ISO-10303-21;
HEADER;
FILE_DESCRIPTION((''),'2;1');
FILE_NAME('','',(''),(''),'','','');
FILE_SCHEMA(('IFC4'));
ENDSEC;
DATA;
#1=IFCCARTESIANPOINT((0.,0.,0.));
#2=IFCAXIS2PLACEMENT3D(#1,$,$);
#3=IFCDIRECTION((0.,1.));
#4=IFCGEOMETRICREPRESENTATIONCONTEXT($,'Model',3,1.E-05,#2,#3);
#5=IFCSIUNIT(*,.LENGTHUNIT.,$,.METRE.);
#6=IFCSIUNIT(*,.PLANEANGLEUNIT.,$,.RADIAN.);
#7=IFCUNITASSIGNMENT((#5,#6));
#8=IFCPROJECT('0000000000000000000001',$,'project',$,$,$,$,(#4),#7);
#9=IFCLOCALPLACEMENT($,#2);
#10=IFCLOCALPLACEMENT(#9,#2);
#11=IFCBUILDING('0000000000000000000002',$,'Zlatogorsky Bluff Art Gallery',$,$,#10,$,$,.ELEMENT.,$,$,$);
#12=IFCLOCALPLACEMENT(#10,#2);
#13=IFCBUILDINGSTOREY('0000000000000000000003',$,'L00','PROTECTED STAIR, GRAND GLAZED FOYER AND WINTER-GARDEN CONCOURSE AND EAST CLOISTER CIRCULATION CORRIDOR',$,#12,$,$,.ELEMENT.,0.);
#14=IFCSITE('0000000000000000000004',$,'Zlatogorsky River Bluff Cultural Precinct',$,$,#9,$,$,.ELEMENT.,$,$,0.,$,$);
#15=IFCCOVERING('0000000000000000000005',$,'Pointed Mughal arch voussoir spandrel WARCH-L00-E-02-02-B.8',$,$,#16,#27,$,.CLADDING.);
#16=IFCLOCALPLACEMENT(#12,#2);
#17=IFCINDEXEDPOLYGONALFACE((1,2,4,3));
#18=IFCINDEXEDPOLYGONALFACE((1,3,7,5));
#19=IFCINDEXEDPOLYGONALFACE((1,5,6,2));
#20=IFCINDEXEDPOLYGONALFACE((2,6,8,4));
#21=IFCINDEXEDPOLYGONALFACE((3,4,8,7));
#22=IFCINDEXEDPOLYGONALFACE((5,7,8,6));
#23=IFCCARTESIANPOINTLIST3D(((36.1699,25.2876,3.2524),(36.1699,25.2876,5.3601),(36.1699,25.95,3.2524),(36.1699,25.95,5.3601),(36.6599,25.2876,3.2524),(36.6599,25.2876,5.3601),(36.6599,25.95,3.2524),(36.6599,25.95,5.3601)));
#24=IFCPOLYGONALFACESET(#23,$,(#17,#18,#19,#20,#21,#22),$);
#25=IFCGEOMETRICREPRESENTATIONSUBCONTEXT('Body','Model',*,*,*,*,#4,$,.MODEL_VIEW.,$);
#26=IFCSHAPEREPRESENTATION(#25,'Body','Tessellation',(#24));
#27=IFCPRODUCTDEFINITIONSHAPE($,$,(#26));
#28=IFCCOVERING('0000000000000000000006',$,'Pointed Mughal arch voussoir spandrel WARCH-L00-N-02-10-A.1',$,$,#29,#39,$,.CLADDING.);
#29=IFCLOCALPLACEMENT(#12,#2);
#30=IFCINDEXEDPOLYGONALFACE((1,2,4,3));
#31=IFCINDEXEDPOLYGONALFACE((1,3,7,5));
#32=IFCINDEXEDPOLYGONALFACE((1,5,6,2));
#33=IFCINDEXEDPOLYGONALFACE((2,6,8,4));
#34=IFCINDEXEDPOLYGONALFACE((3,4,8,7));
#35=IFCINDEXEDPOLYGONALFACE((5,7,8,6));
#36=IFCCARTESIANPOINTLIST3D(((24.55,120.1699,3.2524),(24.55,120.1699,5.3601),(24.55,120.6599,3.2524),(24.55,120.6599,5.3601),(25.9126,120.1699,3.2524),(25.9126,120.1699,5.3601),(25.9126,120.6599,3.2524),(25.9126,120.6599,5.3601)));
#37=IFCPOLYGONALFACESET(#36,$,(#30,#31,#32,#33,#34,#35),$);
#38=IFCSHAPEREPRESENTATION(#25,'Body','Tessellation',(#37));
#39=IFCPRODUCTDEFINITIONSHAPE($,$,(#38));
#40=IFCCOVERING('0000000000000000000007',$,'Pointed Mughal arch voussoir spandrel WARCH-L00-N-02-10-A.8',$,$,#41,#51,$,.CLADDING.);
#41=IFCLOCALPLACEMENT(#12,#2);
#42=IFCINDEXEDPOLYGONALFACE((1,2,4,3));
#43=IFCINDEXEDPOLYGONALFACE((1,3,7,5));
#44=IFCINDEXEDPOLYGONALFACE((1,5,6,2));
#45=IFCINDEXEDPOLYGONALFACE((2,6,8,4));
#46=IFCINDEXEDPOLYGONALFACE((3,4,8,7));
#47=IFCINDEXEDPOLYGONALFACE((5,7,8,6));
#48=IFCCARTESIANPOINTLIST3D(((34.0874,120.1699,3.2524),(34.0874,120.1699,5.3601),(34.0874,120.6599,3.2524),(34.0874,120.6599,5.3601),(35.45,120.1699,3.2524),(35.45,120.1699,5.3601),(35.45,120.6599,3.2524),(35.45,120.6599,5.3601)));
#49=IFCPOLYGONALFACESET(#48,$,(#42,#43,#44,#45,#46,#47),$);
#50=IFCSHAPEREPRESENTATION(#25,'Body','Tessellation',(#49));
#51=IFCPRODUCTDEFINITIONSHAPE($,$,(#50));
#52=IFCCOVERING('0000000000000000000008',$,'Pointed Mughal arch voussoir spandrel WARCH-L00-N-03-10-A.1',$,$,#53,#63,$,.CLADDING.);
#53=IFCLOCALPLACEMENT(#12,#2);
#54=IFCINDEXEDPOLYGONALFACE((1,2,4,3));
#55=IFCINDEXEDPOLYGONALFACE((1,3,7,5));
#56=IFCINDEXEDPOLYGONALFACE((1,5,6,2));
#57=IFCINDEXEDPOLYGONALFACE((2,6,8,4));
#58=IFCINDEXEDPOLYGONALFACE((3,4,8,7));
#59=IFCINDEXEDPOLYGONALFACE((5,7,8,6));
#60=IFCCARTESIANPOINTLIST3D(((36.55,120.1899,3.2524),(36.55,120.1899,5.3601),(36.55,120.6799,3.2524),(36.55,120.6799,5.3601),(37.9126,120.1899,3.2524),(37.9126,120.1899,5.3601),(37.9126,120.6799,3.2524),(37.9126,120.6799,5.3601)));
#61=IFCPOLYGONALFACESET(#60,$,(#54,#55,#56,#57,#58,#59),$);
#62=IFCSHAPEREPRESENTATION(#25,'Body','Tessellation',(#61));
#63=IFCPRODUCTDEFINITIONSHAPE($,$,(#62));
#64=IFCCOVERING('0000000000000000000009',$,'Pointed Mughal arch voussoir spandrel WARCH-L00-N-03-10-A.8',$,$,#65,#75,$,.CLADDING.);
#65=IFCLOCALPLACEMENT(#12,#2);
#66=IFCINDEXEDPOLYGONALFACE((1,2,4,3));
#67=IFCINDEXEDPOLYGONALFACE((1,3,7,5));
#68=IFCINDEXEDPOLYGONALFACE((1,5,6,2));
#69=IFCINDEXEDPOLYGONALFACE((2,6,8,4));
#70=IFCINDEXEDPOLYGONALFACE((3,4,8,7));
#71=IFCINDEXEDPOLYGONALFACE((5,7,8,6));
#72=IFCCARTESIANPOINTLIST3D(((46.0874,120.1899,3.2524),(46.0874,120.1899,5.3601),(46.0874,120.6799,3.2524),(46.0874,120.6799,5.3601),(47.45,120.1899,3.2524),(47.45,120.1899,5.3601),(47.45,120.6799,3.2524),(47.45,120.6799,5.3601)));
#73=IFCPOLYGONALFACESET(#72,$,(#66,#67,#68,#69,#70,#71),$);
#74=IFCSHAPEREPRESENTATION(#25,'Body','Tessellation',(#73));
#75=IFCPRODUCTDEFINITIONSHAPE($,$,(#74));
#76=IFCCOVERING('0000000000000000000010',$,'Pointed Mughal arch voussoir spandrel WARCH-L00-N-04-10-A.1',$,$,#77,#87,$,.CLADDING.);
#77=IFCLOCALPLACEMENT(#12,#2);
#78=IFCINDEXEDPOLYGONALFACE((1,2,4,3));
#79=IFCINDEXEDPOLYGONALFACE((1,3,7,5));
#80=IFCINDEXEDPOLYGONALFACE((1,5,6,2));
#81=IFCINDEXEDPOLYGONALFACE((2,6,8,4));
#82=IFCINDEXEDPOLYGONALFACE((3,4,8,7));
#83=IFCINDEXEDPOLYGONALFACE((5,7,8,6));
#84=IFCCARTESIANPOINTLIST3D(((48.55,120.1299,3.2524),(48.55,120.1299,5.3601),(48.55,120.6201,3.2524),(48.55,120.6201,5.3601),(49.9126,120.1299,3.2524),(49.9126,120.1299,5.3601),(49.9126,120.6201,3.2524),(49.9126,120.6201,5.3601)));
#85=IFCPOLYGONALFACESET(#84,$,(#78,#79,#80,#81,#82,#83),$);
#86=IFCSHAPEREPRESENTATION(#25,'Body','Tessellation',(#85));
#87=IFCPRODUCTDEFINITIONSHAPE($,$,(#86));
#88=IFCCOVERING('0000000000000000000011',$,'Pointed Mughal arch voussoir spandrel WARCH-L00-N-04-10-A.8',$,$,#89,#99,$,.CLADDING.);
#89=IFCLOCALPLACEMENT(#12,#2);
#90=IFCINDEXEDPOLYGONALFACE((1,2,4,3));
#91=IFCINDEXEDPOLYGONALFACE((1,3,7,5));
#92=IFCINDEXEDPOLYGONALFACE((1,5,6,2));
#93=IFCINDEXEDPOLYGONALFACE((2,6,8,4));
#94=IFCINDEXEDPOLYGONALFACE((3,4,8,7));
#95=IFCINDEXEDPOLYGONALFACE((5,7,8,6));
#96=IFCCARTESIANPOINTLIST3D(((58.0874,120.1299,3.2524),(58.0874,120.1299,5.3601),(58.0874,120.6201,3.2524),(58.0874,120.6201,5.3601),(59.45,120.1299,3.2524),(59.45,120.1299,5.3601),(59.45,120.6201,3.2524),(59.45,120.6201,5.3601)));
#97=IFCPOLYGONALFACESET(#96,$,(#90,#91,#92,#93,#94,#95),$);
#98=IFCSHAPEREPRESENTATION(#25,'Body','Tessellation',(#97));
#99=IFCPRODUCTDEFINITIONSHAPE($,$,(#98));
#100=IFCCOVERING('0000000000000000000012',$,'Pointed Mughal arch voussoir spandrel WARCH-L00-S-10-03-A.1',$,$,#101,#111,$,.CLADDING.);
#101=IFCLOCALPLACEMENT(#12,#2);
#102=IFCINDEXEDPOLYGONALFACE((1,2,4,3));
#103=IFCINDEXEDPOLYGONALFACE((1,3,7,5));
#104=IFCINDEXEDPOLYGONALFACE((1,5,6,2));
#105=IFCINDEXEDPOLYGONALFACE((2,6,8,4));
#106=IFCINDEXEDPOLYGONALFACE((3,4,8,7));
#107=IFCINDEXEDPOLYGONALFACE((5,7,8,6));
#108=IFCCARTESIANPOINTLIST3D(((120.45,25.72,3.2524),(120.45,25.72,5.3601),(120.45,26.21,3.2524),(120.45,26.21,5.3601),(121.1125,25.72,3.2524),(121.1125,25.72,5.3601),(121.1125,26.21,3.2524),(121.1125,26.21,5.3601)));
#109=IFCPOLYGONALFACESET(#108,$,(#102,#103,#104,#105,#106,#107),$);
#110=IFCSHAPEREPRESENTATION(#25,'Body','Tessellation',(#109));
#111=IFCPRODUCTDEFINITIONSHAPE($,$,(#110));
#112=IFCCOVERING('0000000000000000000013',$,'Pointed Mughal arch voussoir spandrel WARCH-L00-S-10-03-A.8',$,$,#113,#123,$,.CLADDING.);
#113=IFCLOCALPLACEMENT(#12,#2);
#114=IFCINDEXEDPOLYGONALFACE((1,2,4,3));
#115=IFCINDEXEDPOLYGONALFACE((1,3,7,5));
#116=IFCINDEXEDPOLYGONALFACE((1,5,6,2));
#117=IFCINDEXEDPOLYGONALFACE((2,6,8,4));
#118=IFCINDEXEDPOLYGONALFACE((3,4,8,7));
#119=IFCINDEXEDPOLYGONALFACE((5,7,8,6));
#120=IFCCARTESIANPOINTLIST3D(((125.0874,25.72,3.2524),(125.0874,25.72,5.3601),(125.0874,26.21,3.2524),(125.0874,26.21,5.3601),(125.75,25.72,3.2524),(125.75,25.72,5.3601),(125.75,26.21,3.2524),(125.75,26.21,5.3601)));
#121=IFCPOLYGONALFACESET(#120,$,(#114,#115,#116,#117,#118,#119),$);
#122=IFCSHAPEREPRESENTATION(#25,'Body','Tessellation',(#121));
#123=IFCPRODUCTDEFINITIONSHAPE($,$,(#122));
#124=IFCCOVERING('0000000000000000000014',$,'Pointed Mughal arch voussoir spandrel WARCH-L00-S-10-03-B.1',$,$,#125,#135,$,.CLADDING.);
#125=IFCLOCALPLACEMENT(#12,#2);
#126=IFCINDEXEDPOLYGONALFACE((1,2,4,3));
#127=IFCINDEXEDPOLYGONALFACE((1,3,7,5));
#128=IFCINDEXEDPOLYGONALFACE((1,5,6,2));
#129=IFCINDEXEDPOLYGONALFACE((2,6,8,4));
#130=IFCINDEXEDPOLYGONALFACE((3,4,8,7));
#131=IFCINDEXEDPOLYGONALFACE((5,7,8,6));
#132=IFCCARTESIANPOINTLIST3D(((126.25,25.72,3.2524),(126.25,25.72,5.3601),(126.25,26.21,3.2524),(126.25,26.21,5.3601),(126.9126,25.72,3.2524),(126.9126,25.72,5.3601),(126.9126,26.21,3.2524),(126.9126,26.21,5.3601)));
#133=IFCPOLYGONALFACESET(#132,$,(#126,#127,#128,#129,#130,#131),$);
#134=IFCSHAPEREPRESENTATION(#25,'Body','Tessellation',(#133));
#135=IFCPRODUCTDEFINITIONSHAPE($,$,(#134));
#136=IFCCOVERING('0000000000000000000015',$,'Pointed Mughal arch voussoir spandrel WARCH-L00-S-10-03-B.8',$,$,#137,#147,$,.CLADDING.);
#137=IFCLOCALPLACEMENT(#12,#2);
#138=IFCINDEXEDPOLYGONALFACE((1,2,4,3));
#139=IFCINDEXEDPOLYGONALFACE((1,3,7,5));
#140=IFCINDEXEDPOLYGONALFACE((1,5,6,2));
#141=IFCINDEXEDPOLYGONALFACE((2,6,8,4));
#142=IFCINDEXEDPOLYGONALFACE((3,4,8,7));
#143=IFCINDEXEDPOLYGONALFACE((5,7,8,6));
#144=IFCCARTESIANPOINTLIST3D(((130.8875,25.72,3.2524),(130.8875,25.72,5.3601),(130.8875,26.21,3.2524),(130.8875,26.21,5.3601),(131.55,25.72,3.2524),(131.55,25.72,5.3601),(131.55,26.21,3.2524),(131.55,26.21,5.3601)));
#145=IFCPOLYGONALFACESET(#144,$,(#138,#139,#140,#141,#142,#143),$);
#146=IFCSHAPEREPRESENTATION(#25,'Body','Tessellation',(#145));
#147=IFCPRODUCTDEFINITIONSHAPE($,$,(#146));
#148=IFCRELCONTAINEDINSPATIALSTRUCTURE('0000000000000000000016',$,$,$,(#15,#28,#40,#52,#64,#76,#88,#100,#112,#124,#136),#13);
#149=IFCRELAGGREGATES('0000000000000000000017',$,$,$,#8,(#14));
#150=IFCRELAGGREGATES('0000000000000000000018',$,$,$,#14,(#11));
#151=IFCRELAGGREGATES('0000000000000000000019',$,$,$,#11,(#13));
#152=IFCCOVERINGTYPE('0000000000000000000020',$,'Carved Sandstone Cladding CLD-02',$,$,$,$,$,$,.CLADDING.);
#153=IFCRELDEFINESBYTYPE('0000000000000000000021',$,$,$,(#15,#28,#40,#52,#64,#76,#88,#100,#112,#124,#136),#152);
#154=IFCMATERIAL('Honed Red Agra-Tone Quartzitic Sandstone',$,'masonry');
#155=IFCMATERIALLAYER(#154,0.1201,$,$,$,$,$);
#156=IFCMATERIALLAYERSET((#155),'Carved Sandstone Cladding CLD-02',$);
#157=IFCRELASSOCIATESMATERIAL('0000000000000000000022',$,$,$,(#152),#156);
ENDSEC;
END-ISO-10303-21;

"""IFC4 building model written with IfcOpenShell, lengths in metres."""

from ifc_helpers import new_model, si_unit, direction, frame, origin, place, context, subcontext, project, spatial, polyline, outline, extrude, material, layer, layer_set, type_object, element, save


model = new_model("IFC4")

# Units and contexts
model_context = context("Model", 3, precision=1e-05, world=origin(), true_north=direction((0.0, 1.0)))
body_context = subcontext(model_context, "Body", "Model", "MODEL_VIEW")
ifc_project = project(units=[si_unit("LENGTHUNIT", "METRE"), si_unit("PLANEANGLEUNIT", "RADIAN")], contexts=[model_context])

# Site, building, storey
site_placement = place(None, origin())
site = spatial("IfcSite", under=ifc_project, at=site_placement, Name="Zlatogorsky River Bluff Cultural Precinct", CompositionType="ELEMENT", RefElevation=0.0)
building_placement = place(site_placement, origin())
building = spatial("IfcBuilding", under=site, at=building_placement, Name="Zlatogorsky Bluff Art Gallery", CompositionType="ELEMENT")
storey_placement = place(building_placement, origin())
storey = spatial("IfcBuildingStorey", under=building, at=storey_placement, Name="L00", Description="PROTECTED STAIR, GRAND GLAZED FOYER AND WINTER-GARDEN CONCOURSE AND EAST CLOISTER CIRCULATION CORRIDOR", CompositionType="ELEMENT", Elevation=0.0)

# Coverings
ifc_material = material(Name="Honed Red Agra-Tone Quartzitic Sandstone", Category="masonry")
ifc_layer = layer(ifc_material, 0.1201)
ifc_layer_set = layer_set([ifc_layer], Name="Carved Sandstone Cladding CLD-02")
covering_type = type_object("IfcCoveringType", Name="Carved Sandstone Cladding CLD-02", PredefinedType="CLADDING", material=ifc_layer_set)
covering_1_placement = place(storey_placement, frame((0.0, 0.0, 3.2524)))
element("IfcCovering", 1, at=covering_1_placement, inside=storey, type_object=covering_type, Name="Pointed Mughal arch voussoir spandrel WARCH-L00-E-02-02-B.8", PredefinedType="CLADDING", context=body_context, shape_type="SweptSolid", body=[
    extrude(outline(polyline([(36.1699, 25.2876), (36.1699, 25.95), (36.6599, 25.95), (36.6599, 25.2876), (36.1699, 25.2876)])), origin(), (0.0, 0.0, 1.0), 2.1077),
])
covering_2_placement = place(storey_placement, frame((0.0, 0.0, 3.2524)))
element("IfcCovering", 2, at=covering_2_placement, inside=storey, type_object=covering_type, Name="Pointed Mughal arch voussoir spandrel WARCH-L00-N-02-10-A.1", PredefinedType="CLADDING", context=body_context, shape_type="SweptSolid", body=[
    extrude(outline(polyline([(24.55, 120.1699), (25.9126, 120.1699), (25.9126, 120.6599), (24.55, 120.6599), (24.55, 120.1699)])), origin(), (0.0, 0.0, 1.0), 2.1077),
])
covering_3_placement = place(storey_placement, frame((0.0, 0.0, 3.2524)))
element("IfcCovering", 3, at=covering_3_placement, inside=storey, type_object=covering_type, Name="Pointed Mughal arch voussoir spandrel WARCH-L00-N-02-10-A.8", PredefinedType="CLADDING", context=body_context, shape_type="SweptSolid", body=[
    extrude(outline(polyline([(34.0874, 120.1699), (35.45, 120.1699), (35.45, 120.6599), (34.0874, 120.6599), (34.0874, 120.1699)])), origin(), (0.0, 0.0, 1.0), 2.1077),
])
covering_4_placement = place(storey_placement, frame((0.0, 0.0, 3.2524)))
element("IfcCovering", 4, at=covering_4_placement, inside=storey, type_object=covering_type, Name="Pointed Mughal arch voussoir spandrel WARCH-L00-N-03-10-A.1", PredefinedType="CLADDING", context=body_context, shape_type="SweptSolid", body=[
    extrude(outline(polyline([(36.55, 120.1899), (37.9126, 120.1899), (37.9126, 120.6799), (36.55, 120.6799), (36.55, 120.1899)])), origin(), (0.0, 0.0, 1.0), 2.1077),
])
covering_5_placement = place(storey_placement, frame((0.0, 0.0, 3.2524)))
element("IfcCovering", 5, at=covering_5_placement, inside=storey, type_object=covering_type, Name="Pointed Mughal arch voussoir spandrel WARCH-L00-N-03-10-A.8", PredefinedType="CLADDING", context=body_context, shape_type="SweptSolid", body=[
    extrude(outline(polyline([(46.0874, 120.1899), (47.45, 120.1899), (47.45, 120.6799), (46.0874, 120.6799), (46.0874, 120.1899)])), origin(), (0.0, 0.0, 1.0), 2.1077),
])
covering_6_placement = place(storey_placement, frame((0.0, 0.0, 3.2524)))
element("IfcCovering", 6, at=covering_6_placement, inside=storey, type_object=covering_type, Name="Pointed Mughal arch voussoir spandrel WARCH-L00-N-04-10-A.1", PredefinedType="CLADDING", context=body_context, shape_type="SweptSolid", body=[
    extrude(outline(polyline([(48.55, 120.1299), (49.9126, 120.1299), (49.9126, 120.6201), (48.55, 120.6201), (48.55, 120.1299)])), origin(), (0.0, 0.0, 1.0), 2.1077),
])
covering_7_placement = place(storey_placement, frame((0.0, 0.0, 3.2524)))
element("IfcCovering", 7, at=covering_7_placement, inside=storey, type_object=covering_type, Name="Pointed Mughal arch voussoir spandrel WARCH-L00-N-04-10-A.8", PredefinedType="CLADDING", context=body_context, shape_type="SweptSolid", body=[
    extrude(outline(polyline([(58.0874, 120.1299), (59.45, 120.1299), (59.45, 120.6201), (58.0874, 120.6201), (58.0874, 120.1299)])), origin(), (0.0, 0.0, 1.0), 2.1077),
])
covering_8_placement = place(storey_placement, frame((0.0, 0.0, 3.2524)))
element("IfcCovering", 8, at=covering_8_placement, inside=storey, type_object=covering_type, Name="Pointed Mughal arch voussoir spandrel WARCH-L00-S-10-03-A.1", PredefinedType="CLADDING", context=body_context, shape_type="SweptSolid", body=[
    extrude(outline(polyline([(120.45, 25.72), (121.1125, 25.72), (121.1125, 26.21), (120.45, 26.21), (120.45, 25.72)])), origin(), (0.0, 0.0, 1.0), 2.1077),
])
covering_9_placement = place(storey_placement, frame((0.0, 0.0, 3.2524)))
element("IfcCovering", 9, at=covering_9_placement, inside=storey, type_object=covering_type, Name="Pointed Mughal arch voussoir spandrel WARCH-L00-S-10-03-A.8", PredefinedType="CLADDING", context=body_context, shape_type="SweptSolid", body=[
    extrude(outline(polyline([(125.0874, 25.72), (125.75, 25.72), (125.75, 26.21), (125.0874, 26.21), (125.0874, 25.72)])), origin(), (0.0, 0.0, 1.0), 2.1077),
])
covering_10_placement = place(storey_placement, frame((0.0, 0.0, 3.2524)))
element("IfcCovering", 10, at=covering_10_placement, inside=storey, type_object=covering_type, Name="Pointed Mughal arch voussoir spandrel WARCH-L00-S-10-03-B.1", PredefinedType="CLADDING", context=body_context, shape_type="SweptSolid", body=[
    extrude(outline(polyline([(126.25, 25.72), (126.9126, 25.72), (126.9126, 26.21), (126.25, 26.21), (126.25, 25.72)])), origin(), (0.0, 0.0, 1.0), 2.1077),
])
covering_11_placement = place(storey_placement, frame((0.0, 0.0, 3.2524)))
element("IfcCovering", 11, at=covering_11_placement, inside=storey, type_object=covering_type, Name="Pointed Mughal arch voussoir spandrel WARCH-L00-S-10-03-B.8", PredefinedType="CLADDING", context=body_context, shape_type="SweptSolid", body=[
    extrude(outline(polyline([(130.8875, 25.72), (131.55, 25.72), (131.55, 26.21), (130.8875, 26.21), (130.8875, 25.72)])), origin(), (0.0, 0.0, 1.0), 2.1077),
])

save(model, "model.ifc")
